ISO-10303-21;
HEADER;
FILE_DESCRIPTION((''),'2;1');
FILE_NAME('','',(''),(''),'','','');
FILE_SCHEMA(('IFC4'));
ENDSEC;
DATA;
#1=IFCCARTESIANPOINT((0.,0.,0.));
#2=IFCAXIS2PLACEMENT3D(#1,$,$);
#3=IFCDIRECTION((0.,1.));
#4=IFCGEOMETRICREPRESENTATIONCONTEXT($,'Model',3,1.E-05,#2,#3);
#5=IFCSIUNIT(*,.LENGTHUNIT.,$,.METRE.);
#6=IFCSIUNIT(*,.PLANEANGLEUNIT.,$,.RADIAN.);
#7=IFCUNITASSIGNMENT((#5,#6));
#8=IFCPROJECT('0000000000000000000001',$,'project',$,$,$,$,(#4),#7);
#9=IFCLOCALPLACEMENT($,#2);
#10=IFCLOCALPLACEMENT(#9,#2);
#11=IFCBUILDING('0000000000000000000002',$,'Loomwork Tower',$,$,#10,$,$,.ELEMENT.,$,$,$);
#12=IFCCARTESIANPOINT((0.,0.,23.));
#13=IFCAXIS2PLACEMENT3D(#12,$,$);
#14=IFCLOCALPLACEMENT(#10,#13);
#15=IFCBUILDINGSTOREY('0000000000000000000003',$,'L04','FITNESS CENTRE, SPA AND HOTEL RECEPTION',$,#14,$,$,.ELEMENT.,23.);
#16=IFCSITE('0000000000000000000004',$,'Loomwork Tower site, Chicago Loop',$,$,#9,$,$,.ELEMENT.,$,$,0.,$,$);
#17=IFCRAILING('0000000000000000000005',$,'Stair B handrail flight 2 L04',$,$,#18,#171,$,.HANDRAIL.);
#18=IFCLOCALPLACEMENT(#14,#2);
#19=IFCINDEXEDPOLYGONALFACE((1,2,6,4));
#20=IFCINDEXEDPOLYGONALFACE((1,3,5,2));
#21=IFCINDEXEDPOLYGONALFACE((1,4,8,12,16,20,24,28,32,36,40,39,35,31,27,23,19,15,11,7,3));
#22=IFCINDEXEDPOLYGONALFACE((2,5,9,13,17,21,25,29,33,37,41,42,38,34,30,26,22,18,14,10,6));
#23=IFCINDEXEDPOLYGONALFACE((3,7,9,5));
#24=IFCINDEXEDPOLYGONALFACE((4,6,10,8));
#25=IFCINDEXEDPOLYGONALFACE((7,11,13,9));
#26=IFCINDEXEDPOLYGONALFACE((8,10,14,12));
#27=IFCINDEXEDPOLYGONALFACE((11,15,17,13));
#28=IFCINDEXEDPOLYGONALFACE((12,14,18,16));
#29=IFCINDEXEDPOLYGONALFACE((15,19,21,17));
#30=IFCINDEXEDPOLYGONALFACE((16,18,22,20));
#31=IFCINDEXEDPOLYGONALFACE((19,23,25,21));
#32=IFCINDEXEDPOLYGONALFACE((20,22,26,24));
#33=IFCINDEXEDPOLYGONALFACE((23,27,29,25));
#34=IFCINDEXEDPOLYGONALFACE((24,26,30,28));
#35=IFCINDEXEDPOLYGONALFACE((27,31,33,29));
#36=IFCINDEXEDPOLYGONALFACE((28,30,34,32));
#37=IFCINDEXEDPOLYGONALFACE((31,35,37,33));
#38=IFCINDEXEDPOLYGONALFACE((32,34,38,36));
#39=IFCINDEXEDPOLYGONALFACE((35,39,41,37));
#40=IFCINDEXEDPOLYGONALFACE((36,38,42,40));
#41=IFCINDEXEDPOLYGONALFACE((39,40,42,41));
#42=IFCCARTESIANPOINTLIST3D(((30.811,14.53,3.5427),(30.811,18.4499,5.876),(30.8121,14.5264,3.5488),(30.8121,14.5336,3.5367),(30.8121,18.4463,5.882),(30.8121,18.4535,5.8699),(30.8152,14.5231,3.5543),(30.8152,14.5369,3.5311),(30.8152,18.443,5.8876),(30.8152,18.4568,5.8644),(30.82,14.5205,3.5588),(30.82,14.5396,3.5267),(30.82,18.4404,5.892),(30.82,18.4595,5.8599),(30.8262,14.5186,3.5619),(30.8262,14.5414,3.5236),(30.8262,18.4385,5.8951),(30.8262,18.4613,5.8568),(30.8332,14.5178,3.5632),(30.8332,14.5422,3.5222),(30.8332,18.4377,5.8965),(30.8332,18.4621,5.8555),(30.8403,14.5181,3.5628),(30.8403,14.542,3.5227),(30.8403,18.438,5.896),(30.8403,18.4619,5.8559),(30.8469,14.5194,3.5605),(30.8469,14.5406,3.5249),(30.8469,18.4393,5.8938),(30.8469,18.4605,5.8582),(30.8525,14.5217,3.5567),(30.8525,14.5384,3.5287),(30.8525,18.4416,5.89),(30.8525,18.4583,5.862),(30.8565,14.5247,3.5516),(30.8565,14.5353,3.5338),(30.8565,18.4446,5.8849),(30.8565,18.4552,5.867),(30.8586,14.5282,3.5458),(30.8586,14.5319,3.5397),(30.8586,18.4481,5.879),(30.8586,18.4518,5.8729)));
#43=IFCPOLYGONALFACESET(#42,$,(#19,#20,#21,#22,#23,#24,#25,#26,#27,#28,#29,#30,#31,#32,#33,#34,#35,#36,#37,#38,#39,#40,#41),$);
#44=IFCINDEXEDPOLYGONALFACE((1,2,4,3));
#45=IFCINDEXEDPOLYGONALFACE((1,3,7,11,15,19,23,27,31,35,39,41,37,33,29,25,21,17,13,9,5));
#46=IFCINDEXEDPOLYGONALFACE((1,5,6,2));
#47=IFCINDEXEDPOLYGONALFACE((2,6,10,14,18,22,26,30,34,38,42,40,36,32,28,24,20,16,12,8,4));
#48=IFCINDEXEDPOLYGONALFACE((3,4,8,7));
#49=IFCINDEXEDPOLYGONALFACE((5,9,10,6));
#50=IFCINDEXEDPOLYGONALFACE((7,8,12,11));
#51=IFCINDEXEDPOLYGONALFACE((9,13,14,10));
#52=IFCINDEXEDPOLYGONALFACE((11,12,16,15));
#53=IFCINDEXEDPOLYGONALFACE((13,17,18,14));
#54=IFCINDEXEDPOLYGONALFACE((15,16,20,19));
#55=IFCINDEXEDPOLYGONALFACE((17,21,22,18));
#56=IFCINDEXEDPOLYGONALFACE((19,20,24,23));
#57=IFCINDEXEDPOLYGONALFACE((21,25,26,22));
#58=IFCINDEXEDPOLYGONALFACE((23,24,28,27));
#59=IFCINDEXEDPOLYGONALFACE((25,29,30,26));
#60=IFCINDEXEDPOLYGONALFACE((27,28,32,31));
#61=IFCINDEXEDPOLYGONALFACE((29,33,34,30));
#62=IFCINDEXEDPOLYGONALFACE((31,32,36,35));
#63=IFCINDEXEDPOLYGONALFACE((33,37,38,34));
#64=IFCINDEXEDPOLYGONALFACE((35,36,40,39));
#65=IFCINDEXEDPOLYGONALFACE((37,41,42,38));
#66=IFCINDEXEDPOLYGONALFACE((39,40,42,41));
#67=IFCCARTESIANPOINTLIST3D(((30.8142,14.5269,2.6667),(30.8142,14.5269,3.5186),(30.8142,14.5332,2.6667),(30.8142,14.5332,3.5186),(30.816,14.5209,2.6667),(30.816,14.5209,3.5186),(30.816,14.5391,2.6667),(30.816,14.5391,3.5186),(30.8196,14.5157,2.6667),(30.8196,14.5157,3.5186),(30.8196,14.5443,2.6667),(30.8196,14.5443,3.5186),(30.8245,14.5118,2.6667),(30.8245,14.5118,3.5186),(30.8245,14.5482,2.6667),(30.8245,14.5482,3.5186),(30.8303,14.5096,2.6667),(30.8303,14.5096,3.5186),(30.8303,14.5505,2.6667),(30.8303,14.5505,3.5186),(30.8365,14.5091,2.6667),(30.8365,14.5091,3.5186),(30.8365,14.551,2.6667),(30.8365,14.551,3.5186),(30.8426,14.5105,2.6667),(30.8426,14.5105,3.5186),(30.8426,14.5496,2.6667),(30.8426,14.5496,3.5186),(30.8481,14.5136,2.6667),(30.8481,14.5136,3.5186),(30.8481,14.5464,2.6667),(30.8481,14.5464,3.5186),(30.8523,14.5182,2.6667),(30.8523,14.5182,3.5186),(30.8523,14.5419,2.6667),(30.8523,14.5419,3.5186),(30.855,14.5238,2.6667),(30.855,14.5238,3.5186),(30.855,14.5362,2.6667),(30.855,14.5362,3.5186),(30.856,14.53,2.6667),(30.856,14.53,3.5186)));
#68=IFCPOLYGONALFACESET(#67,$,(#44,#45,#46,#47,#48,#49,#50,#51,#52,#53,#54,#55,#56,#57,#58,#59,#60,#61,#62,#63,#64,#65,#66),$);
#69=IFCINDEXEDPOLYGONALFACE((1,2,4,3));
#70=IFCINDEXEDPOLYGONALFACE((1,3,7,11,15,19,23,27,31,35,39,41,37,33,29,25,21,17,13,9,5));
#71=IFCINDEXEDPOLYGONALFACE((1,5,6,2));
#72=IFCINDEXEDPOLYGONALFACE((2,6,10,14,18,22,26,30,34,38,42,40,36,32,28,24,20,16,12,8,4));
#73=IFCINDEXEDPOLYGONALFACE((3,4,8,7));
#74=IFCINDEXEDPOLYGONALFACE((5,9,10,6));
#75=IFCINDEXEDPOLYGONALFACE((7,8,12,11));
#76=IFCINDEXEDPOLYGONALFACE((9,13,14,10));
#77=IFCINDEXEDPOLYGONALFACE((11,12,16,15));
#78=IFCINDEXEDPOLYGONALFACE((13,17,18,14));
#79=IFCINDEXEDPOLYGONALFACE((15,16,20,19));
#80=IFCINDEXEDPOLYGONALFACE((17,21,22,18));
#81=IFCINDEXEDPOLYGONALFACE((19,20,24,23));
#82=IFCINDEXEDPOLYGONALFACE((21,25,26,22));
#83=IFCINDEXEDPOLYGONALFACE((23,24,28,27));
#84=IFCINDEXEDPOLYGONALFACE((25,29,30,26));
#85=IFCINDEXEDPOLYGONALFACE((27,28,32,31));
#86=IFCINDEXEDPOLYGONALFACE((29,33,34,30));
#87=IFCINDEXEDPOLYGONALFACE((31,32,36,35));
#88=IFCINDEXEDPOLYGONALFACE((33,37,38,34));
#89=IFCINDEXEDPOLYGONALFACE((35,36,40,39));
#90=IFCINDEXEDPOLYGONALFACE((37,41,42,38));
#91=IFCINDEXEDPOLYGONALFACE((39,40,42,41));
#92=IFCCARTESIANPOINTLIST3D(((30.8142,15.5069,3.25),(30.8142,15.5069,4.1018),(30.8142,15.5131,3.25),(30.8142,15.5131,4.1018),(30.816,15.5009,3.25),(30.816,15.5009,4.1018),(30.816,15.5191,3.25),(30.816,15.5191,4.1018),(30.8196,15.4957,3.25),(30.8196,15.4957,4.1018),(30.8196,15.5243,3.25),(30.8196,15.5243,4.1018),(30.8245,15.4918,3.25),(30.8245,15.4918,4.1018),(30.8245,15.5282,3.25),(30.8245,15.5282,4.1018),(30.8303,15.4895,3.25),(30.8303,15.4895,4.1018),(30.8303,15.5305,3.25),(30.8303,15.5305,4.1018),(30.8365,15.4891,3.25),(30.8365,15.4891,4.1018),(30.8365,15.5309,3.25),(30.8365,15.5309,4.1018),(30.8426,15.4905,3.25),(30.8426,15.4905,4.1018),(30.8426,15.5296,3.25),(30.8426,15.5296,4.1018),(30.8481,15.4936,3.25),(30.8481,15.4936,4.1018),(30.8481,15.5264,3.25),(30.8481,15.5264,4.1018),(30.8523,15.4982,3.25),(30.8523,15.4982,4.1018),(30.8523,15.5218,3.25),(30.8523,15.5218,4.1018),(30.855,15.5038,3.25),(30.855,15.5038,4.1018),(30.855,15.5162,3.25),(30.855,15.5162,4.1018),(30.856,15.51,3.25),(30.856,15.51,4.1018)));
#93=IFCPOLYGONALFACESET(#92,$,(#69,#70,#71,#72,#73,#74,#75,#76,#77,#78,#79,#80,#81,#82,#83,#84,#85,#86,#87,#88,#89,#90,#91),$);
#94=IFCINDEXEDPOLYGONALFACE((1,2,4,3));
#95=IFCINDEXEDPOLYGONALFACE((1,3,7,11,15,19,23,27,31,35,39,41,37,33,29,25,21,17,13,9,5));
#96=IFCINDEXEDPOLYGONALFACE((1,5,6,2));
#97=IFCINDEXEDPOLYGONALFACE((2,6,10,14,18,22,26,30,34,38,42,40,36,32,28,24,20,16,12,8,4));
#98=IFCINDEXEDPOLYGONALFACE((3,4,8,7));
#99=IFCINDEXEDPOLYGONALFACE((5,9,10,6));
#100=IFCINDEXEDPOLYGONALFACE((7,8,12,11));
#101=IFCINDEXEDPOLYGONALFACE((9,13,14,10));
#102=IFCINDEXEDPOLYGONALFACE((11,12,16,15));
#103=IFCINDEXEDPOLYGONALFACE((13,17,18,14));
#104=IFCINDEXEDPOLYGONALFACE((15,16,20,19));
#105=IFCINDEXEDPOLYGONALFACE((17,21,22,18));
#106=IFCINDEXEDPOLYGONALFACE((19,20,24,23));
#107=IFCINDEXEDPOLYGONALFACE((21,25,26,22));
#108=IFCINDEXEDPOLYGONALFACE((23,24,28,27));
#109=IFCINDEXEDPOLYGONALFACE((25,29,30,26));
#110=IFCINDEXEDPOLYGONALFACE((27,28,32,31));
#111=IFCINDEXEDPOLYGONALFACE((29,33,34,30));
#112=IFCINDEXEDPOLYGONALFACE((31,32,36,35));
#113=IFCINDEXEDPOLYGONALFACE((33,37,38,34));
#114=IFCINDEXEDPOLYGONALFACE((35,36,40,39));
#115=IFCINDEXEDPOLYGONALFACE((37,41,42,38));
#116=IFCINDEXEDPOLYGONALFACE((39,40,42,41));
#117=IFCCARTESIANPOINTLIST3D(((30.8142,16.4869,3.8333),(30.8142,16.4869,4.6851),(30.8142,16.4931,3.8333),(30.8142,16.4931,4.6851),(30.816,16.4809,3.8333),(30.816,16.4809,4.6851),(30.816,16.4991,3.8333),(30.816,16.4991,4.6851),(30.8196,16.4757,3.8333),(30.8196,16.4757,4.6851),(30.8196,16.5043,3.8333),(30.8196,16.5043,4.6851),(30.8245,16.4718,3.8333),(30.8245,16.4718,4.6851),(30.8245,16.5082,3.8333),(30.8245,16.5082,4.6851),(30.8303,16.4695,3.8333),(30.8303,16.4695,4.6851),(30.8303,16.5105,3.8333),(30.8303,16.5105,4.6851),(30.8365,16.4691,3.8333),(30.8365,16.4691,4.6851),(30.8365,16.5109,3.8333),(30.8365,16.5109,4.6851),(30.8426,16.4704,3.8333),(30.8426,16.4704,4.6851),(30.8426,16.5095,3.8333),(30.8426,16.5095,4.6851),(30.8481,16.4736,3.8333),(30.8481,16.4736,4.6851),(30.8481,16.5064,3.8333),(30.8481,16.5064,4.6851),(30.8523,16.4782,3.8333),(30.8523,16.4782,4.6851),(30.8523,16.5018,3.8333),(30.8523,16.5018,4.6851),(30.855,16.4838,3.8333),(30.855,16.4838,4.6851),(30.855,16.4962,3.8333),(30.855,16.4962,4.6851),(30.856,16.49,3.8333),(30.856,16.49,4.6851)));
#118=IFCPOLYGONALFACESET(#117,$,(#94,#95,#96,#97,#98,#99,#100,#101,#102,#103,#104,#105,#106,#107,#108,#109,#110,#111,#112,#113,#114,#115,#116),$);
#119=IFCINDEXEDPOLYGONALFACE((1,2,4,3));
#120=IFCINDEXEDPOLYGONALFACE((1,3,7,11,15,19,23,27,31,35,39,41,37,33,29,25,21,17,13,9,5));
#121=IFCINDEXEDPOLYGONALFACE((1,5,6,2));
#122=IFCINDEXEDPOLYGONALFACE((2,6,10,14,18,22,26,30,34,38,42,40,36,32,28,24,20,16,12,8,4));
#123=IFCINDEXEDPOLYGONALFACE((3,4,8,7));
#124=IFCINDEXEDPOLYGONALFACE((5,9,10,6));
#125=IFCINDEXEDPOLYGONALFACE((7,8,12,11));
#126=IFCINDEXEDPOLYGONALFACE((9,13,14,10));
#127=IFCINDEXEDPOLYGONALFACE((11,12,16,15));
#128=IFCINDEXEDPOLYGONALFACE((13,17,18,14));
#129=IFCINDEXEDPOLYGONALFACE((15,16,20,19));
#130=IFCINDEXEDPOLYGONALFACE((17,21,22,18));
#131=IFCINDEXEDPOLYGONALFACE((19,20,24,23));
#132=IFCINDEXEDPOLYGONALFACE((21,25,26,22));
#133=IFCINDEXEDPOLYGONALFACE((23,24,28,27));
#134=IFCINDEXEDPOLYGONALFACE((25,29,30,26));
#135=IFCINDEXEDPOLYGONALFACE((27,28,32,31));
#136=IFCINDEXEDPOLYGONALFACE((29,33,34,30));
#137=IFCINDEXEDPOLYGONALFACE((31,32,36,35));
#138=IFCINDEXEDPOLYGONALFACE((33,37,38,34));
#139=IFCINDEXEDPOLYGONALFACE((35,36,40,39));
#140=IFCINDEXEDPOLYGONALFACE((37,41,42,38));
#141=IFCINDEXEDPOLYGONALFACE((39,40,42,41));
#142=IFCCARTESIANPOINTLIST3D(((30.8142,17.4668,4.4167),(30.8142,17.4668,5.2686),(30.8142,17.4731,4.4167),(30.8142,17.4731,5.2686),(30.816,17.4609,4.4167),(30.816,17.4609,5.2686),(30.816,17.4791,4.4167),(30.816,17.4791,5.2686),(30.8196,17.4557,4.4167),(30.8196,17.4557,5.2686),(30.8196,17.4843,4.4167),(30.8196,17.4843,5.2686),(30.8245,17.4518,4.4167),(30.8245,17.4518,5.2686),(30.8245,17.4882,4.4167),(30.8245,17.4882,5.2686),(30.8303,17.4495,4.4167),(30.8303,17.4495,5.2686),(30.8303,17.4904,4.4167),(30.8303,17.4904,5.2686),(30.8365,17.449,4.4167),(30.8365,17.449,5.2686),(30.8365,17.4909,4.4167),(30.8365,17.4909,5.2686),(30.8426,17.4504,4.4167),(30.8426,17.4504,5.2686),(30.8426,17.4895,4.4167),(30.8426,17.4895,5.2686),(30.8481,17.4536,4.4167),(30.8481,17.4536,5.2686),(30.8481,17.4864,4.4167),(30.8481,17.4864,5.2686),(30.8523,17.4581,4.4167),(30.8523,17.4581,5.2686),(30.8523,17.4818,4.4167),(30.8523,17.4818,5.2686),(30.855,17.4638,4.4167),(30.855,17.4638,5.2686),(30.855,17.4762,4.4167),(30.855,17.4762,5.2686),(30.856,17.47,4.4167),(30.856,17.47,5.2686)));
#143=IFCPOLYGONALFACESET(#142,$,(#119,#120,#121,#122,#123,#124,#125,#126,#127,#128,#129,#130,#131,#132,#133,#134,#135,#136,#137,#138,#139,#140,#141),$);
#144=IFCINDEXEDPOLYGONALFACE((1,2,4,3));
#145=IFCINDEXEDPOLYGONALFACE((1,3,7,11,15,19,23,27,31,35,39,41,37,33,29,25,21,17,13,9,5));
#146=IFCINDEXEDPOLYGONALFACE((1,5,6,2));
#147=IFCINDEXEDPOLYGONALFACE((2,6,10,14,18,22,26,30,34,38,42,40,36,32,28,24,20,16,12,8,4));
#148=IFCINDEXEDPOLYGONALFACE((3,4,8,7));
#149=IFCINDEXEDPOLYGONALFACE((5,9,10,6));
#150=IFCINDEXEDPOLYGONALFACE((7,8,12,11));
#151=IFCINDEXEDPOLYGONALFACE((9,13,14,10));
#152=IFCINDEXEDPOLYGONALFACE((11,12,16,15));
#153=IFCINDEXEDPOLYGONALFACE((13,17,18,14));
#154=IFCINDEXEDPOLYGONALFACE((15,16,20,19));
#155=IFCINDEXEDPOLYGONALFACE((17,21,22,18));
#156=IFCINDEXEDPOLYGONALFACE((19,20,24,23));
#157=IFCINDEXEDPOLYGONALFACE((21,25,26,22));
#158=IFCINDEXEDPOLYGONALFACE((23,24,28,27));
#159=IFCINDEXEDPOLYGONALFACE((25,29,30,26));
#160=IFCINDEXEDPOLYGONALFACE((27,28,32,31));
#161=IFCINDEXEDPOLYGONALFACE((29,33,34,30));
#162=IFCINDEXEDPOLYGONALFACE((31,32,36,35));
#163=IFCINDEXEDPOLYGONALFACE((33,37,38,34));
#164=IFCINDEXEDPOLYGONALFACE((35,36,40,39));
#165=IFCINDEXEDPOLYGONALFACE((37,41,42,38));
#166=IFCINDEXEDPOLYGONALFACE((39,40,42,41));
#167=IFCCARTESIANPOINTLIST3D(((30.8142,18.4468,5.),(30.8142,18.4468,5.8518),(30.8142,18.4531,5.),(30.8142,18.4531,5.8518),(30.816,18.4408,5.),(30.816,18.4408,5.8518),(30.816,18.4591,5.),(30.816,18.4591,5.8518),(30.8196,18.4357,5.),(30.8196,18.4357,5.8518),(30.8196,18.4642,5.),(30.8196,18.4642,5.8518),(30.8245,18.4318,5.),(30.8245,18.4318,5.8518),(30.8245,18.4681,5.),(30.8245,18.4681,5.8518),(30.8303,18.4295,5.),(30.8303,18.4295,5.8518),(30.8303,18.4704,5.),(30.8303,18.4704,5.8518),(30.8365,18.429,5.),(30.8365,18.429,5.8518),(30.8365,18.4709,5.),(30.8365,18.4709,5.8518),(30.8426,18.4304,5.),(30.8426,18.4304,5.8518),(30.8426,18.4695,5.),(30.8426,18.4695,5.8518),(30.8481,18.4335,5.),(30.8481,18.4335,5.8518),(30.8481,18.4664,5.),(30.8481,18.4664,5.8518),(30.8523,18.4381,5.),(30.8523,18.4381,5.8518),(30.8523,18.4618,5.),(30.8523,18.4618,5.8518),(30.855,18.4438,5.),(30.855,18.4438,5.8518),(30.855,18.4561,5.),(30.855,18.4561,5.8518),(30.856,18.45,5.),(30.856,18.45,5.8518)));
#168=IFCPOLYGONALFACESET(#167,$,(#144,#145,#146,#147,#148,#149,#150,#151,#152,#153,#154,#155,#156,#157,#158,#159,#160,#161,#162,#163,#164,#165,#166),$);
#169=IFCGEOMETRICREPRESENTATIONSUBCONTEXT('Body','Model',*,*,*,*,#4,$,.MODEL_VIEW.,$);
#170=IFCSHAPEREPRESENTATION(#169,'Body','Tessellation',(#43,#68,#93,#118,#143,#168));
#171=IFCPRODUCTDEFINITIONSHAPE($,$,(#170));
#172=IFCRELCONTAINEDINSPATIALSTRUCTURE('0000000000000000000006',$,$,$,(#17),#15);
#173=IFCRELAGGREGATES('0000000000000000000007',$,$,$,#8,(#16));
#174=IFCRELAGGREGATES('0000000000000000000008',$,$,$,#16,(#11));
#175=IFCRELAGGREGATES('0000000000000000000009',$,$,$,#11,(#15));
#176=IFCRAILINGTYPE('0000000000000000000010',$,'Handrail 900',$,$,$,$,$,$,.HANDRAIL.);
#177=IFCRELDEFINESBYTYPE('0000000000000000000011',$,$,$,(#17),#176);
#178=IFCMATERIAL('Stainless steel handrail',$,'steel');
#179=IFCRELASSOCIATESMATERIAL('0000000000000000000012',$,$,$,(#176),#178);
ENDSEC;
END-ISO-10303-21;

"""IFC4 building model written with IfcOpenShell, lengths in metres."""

from ifc_helpers import new_model, si_unit, direction, frame, origin, origin_2d, place, context, subcontext, project, spatial, circle, extrude, material, type_object, element, save


model = new_model("IFC4")

# Units and contexts
model_context = context("Model", 3, precision=1e-05, world=origin(), true_north=direction((0.0, 1.0)))
body_context = subcontext(model_context, "Body", "Model", "MODEL_VIEW")
ifc_project = project(units=[si_unit("LENGTHUNIT", "METRE"), si_unit("PLANEANGLEUNIT", "RADIAN")], contexts=[model_context])

# Site, building, storey
site_placement = place(None, origin())
site = spatial("IfcSite", under=ifc_project, at=site_placement, Name="Loomwork Tower site, Chicago Loop", CompositionType="ELEMENT", RefElevation=0.0)
building_placement = place(site_placement, origin())
building = spatial("IfcBuilding", under=site, at=building_placement, Name="Loomwork Tower", CompositionType="ELEMENT")
storey_placement = place(building_placement, frame((0.0, 0.0, 23.0)))
storey = spatial("IfcBuildingStorey", under=building, at=storey_placement, Name="L04", Description="FITNESS CENTRE, SPA AND HOTEL RECEPTION", CompositionType="ELEMENT", Elevation=23.0)

# Railing
ifc_material_1 = material(Name="Stainless steel handrail", Category="steel")
railing_type = type_object("IfcRailingType", Name="Handrail 900", PredefinedType="HANDRAIL", material=ifc_material_1)
railing_1_placement = place(storey_placement, frame((30.835, 14.53, 2.6667)))
element("IfcRailing", 1, at=railing_1_placement, inside=storey, type_object=railing_type, Name="Stair B handrail flight 2 L04", PredefinedType="HANDRAIL", context=body_context, shape_type="SweptSolid", body=[
    extrude(circle(Radius=0.0239, at=origin_2d()), frame((0.0, 0.0, 0.876), z_axis=(0.0, 0.859296, 0.511478), x_axis=(-1.0, 0.0, 0.0)), (0.0, 0.0, 1.0), 4.5618),
    extrude(circle(Radius=0.021, at=origin_2d()), origin(), (0.0, 0.0, 1.0), 0.8518),
    extrude(circle(Radius=0.021, at=origin_2d()), frame((0.0, 0.98, 0.5833)), (0.0, 0.0, 1.0), 0.8518),
    extrude(circle(Radius=0.021, at=origin_2d()), frame((0.0, 1.96, 1.1665)), (0.0, 0.0, 1.0), 0.8518),
    extrude(circle(Radius=0.021, at=origin_2d()), frame((0.0, 2.9399, 1.75)), (0.0, 0.0, 1.0), 0.8518),
    extrude(circle(Radius=0.021, at=origin_2d()), frame((0.0, 3.9199, 2.3333)), (0.0, 0.0, 1.0), 0.8518),
])

save(model, "model.ifc")
